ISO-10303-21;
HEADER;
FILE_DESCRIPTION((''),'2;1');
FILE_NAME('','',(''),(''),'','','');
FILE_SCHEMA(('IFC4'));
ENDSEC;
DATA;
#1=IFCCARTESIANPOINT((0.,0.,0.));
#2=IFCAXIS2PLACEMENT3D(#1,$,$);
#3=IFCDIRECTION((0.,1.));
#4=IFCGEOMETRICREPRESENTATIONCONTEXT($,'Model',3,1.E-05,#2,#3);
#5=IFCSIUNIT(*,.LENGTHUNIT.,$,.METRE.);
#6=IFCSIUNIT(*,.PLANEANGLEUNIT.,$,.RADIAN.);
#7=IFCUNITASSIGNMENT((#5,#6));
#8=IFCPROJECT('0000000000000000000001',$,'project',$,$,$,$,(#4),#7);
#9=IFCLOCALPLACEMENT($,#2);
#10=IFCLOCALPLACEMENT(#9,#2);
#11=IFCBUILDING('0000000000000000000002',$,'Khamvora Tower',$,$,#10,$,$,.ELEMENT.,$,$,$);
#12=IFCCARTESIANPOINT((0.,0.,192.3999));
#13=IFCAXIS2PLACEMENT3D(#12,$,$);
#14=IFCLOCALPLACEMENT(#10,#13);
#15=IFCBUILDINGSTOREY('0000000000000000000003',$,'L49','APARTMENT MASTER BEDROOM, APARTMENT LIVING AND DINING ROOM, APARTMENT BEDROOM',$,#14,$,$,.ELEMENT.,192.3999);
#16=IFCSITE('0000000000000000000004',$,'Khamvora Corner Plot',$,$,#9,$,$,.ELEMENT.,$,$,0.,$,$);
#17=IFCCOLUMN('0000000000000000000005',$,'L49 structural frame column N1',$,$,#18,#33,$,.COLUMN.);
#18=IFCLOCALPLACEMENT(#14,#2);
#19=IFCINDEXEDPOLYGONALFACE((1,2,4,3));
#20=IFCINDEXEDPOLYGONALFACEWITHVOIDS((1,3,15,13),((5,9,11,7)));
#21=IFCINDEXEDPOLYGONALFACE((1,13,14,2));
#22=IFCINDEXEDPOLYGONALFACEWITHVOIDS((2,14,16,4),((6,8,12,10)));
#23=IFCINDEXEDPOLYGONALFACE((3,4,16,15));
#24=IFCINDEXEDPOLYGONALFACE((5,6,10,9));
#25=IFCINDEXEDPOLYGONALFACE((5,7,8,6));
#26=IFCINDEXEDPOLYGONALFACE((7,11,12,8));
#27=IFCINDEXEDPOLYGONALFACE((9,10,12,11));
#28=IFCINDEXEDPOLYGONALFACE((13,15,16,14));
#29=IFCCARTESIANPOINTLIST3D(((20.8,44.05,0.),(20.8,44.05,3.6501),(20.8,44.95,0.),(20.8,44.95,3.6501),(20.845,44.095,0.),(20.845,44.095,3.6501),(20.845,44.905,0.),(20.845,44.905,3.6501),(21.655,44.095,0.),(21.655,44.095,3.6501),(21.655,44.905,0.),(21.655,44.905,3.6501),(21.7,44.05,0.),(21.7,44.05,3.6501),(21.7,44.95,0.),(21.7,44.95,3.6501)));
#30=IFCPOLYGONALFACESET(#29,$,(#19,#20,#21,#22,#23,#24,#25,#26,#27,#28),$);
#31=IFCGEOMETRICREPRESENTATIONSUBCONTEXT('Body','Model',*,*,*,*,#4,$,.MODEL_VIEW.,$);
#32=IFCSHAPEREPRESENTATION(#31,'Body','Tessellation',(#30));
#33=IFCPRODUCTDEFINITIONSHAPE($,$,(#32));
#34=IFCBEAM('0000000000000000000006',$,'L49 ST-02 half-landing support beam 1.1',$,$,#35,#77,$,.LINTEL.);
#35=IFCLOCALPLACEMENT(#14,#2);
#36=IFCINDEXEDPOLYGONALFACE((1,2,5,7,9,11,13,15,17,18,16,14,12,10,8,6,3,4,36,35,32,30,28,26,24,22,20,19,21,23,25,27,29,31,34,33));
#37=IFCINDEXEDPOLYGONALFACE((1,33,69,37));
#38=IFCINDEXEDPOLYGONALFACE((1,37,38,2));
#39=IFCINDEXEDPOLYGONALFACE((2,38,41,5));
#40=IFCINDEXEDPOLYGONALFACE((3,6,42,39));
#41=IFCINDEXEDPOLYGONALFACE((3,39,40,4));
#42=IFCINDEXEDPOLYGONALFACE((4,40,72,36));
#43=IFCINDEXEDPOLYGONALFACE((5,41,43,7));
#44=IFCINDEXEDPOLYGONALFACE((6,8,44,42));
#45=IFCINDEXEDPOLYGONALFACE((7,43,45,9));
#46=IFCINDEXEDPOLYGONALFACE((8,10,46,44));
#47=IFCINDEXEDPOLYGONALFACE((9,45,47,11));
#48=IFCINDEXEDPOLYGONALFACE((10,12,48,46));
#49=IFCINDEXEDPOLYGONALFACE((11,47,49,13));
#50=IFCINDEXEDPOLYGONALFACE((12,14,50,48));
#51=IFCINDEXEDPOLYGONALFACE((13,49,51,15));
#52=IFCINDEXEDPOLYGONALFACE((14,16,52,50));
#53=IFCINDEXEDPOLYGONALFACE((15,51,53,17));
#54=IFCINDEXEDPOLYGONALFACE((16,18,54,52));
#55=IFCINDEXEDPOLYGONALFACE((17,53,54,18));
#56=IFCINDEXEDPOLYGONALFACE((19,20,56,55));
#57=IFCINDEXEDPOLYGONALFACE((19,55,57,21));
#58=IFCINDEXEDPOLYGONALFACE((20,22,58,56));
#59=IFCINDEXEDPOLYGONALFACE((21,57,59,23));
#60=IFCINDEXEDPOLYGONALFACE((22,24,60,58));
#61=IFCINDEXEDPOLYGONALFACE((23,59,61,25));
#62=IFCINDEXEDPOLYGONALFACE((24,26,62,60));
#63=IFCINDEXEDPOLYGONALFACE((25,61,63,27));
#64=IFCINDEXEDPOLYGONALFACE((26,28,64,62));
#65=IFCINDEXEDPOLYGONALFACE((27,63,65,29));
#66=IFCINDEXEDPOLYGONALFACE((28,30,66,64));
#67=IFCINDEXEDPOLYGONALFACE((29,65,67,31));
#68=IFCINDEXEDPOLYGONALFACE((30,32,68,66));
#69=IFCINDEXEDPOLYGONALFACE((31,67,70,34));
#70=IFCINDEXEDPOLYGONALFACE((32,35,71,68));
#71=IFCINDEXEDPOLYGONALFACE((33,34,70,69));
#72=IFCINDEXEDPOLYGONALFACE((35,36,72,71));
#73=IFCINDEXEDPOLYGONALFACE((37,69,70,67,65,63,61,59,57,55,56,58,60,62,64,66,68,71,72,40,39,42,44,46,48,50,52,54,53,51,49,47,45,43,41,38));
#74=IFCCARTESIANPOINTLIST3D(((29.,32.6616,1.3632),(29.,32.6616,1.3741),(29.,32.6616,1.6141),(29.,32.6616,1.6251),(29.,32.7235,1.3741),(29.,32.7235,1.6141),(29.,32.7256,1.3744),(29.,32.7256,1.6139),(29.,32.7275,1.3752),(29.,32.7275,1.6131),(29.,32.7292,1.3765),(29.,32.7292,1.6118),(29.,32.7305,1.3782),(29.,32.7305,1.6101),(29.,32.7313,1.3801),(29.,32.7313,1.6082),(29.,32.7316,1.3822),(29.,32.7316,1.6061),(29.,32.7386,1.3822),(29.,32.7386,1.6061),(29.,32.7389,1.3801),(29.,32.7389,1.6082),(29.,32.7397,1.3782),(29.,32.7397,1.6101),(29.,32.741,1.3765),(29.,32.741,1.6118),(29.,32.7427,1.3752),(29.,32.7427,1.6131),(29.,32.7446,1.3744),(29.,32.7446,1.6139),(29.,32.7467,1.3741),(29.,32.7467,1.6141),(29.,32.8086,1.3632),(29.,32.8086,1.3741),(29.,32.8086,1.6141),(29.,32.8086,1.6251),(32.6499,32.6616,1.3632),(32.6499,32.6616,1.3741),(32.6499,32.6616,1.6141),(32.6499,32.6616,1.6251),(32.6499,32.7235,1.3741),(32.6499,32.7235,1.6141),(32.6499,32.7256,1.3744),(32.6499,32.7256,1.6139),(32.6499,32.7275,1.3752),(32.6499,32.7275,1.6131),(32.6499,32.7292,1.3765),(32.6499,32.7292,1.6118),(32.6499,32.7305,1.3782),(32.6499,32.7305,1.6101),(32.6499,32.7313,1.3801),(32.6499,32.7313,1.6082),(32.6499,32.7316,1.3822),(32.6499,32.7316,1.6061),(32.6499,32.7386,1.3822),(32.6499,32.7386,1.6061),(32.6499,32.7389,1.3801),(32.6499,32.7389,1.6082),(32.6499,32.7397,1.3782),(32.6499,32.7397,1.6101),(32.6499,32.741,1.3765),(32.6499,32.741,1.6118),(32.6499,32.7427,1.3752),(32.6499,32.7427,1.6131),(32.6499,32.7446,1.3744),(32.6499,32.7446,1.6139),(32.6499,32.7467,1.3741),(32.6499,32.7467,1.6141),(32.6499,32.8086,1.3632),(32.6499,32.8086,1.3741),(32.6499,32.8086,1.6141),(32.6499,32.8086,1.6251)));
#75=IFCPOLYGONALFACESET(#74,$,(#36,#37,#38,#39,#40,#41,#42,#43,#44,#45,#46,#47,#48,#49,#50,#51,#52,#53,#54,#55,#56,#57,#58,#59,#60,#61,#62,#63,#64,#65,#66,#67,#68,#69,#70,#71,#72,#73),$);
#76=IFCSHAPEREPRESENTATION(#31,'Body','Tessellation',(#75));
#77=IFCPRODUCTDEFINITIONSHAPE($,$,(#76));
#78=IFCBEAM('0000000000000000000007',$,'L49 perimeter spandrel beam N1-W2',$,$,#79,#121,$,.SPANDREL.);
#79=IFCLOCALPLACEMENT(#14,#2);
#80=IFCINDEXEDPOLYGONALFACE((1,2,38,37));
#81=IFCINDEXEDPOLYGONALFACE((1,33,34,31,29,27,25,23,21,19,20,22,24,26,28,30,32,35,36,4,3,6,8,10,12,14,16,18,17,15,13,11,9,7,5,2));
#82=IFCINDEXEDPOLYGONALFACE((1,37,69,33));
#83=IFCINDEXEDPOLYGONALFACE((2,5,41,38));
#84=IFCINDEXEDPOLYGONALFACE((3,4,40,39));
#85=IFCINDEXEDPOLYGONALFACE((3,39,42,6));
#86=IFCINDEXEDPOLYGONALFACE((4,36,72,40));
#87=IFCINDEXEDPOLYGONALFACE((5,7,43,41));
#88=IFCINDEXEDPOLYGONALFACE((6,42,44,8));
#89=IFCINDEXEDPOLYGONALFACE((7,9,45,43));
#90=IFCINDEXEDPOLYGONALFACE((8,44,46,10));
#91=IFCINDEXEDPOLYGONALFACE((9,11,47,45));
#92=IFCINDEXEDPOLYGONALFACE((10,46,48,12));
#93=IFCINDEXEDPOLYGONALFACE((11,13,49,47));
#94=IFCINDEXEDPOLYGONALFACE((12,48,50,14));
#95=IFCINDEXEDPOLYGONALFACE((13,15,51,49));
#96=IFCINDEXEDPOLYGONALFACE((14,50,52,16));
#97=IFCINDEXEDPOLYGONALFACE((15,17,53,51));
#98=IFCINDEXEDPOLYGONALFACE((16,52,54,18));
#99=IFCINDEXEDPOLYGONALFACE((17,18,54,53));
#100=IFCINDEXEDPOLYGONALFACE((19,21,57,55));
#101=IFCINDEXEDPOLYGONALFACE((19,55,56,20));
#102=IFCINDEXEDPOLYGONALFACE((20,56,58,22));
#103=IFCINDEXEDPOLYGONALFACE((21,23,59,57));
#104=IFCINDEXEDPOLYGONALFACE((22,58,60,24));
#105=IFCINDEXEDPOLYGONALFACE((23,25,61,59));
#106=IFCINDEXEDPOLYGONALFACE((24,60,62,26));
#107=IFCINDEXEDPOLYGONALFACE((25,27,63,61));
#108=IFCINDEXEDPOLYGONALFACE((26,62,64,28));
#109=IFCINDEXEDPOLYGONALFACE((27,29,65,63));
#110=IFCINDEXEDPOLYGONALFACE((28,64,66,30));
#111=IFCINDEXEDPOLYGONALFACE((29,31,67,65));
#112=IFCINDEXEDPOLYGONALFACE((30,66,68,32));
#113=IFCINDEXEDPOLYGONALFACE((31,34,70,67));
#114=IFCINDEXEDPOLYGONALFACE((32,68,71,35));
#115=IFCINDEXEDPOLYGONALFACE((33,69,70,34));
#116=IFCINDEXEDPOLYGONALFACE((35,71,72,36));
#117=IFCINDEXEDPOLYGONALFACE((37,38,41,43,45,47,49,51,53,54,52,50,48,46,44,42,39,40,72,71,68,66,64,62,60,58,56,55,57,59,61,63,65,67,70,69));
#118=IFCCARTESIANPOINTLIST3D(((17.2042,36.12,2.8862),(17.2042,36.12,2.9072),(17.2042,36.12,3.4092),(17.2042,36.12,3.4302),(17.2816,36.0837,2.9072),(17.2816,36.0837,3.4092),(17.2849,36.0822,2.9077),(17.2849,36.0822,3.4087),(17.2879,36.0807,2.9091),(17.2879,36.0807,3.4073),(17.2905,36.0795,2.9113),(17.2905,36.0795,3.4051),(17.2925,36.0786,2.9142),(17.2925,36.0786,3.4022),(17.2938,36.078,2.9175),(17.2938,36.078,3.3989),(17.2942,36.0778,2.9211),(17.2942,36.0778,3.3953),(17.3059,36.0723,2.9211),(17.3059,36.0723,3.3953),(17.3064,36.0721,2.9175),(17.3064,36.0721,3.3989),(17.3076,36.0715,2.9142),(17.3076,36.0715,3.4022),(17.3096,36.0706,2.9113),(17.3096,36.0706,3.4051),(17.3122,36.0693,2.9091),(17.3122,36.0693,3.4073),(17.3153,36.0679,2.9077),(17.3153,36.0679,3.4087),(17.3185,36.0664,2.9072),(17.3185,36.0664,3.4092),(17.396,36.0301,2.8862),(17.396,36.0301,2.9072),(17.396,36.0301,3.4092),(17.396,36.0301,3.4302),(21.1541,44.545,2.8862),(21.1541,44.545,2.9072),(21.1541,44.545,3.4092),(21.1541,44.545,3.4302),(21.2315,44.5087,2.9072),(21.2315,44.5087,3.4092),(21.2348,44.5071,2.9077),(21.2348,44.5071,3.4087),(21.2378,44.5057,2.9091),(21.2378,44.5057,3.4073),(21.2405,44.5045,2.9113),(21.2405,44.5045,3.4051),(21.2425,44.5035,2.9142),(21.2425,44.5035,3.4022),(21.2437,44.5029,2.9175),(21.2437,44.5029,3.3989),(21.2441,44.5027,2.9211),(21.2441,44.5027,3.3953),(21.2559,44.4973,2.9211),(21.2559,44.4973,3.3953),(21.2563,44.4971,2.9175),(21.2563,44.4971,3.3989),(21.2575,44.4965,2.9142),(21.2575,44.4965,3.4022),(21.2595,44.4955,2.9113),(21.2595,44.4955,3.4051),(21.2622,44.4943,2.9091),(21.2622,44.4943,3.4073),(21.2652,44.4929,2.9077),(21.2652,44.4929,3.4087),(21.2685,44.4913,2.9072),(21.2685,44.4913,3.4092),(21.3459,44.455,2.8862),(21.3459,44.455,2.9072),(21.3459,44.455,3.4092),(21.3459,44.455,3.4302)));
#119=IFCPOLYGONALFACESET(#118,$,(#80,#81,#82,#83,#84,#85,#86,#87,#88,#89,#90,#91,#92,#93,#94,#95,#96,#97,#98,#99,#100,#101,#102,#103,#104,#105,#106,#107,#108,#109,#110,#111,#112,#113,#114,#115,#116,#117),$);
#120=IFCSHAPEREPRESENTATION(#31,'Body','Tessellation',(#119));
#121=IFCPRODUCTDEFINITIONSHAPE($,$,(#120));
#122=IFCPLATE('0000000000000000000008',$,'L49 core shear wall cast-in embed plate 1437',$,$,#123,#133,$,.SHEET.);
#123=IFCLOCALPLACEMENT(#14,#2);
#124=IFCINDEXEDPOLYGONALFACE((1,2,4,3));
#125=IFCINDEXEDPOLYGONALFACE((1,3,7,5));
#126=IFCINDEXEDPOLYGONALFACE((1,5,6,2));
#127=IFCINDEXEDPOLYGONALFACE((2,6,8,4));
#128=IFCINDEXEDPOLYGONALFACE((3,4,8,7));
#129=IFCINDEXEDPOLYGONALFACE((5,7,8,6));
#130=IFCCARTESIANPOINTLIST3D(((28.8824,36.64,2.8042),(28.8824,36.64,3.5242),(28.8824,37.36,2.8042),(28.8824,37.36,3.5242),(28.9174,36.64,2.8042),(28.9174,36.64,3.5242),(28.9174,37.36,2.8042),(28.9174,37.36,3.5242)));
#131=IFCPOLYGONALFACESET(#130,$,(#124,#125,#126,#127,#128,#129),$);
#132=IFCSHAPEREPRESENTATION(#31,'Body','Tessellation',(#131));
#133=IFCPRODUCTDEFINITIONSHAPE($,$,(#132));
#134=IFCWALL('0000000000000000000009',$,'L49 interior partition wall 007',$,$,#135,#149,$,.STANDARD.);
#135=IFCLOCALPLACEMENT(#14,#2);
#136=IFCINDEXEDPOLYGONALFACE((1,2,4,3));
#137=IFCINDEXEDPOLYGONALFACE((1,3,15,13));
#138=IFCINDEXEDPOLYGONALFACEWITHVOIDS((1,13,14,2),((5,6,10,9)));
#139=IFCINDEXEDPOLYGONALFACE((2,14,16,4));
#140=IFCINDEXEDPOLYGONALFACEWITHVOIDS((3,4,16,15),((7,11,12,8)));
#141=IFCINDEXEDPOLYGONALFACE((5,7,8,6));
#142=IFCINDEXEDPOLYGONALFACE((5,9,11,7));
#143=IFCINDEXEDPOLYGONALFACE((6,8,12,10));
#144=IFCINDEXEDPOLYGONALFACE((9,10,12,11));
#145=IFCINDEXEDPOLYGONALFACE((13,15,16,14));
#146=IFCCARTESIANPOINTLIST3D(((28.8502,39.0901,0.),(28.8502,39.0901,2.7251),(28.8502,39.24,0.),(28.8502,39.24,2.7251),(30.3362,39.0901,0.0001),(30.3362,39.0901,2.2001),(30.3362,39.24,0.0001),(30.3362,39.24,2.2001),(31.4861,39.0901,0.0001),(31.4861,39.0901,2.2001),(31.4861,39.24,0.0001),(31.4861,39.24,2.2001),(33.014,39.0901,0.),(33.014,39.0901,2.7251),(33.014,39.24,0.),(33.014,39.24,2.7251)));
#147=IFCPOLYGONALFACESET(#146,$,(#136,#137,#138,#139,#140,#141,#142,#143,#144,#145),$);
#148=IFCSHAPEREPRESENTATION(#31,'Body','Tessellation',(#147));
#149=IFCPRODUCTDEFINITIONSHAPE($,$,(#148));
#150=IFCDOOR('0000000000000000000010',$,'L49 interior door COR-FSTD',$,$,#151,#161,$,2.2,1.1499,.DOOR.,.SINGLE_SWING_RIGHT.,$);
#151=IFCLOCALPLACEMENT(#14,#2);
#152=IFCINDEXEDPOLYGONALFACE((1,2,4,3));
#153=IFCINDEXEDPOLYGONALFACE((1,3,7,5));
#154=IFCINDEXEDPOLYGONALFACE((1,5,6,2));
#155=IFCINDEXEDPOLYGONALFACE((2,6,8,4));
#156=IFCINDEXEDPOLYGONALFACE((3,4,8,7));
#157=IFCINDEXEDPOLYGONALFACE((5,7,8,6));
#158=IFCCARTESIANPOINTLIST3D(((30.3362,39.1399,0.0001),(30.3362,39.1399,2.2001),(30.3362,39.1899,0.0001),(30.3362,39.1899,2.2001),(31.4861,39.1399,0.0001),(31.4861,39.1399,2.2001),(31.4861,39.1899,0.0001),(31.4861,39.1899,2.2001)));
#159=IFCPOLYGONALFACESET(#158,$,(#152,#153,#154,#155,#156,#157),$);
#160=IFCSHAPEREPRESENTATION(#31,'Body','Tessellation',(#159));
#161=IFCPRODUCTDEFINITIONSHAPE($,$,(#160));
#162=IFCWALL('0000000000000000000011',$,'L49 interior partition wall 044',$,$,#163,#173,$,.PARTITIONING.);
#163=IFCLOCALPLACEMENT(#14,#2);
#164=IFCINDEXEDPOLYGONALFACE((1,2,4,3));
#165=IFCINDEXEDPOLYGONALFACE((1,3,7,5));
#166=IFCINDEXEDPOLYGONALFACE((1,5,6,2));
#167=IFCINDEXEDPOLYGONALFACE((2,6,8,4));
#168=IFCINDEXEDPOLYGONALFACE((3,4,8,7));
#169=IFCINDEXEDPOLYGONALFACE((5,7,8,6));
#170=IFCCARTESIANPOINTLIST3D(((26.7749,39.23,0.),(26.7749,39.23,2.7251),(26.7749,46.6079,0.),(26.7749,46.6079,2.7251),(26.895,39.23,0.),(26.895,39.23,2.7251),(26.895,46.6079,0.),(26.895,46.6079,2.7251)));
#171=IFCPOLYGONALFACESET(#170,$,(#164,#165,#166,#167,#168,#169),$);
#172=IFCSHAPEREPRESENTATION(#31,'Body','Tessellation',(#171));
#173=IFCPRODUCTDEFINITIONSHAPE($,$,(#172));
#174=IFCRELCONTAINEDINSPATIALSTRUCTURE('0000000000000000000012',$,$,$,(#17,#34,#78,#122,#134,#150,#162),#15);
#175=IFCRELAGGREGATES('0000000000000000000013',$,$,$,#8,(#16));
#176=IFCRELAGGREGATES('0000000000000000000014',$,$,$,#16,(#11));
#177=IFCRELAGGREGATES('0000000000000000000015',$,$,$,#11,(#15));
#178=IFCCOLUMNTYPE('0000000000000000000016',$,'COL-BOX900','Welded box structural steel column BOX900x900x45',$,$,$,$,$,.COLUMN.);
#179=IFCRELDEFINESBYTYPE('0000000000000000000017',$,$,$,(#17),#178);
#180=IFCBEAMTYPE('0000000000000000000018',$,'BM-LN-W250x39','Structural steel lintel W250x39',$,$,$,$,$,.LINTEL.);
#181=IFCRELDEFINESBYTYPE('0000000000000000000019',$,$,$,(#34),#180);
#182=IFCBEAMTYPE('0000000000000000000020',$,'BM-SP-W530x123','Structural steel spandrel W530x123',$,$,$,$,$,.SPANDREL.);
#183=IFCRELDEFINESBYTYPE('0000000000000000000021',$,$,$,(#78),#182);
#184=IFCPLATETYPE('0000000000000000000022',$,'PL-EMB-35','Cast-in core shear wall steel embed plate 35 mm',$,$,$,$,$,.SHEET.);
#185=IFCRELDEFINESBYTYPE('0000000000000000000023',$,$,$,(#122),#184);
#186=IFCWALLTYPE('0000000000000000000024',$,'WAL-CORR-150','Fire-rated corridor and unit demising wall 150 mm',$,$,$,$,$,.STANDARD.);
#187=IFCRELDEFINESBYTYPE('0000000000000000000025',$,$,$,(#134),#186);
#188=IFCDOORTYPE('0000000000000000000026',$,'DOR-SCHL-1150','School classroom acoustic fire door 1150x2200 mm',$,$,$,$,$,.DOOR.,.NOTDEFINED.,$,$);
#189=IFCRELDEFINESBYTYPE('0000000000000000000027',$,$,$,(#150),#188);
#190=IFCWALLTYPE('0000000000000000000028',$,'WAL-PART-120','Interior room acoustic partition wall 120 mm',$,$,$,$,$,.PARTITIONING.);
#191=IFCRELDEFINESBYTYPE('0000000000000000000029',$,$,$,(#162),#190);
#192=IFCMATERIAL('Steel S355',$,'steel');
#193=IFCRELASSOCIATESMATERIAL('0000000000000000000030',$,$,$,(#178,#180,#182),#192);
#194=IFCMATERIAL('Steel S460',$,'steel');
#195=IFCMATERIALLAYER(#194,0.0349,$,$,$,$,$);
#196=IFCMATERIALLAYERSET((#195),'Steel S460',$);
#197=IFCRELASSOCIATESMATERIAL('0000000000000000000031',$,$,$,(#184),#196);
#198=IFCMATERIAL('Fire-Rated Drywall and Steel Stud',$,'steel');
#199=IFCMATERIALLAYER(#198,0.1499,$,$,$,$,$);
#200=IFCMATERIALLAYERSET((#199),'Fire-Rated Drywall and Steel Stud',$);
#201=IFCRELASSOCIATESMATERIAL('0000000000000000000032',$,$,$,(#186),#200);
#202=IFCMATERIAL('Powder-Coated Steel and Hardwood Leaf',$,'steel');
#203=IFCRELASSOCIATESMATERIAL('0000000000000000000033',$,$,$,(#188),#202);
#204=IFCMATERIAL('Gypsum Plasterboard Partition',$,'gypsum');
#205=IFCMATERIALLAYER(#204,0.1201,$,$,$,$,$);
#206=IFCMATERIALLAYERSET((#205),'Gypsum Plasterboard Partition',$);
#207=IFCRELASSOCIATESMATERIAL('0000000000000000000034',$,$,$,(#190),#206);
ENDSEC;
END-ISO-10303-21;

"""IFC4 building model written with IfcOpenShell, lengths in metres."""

from ifc_helpers import new_model, si_unit, direction, frame, frame_2d, origin, origin_2d, place, context, subcontext, project, spatial, rectangle, hollow_rectangle, i_section, extrude, material, layer, layer_set, material_profile, profile_set, type_object, element, fill, save


model = new_model("IFC4")

# Units and contexts
model_context = context("Model", 3, precision=1e-05, world=origin(), true_north=direction((0.0, 1.0)))
body_context = subcontext(model_context, "Body", "Model", "MODEL_VIEW")
ifc_project = project(units=[si_unit("LENGTHUNIT", "METRE"), si_unit("PLANEANGLEUNIT", "RADIAN")], contexts=[model_context])

# Site, building, storey
site_placement = place(None, origin())
site = spatial("IfcSite", under=ifc_project, at=site_placement, Name="Khamvora Corner Plot", CompositionType="ELEMENT", RefElevation=0.0)
building_placement = place(site_placement, origin())
building = spatial("IfcBuilding", under=site, at=building_placement, Name="Khamvora Tower", CompositionType="ELEMENT")
storey_placement = place(building_placement, frame((0.0, 0.0, 192.3999)))
storey = spatial("IfcBuildingStorey", under=building, at=storey_placement, Name="L49", Description="APARTMENT MASTER BEDROOM, APARTMENT LIVING AND DINING ROOM, APARTMENT BEDROOM", CompositionType="ELEMENT", Elevation=192.3999)

# Column
ifc_material_1 = material(Name="Steel S355", Category="steel")
ifc_material_profile_1 = material_profile(ifc_material_1, hollow_rectangle(XDim=0.8999, YDim=0.8999, WallThickness=0.0449, at=origin_2d()), Name="BOX900x900x45")
ifc_profile_set_1 = profile_set([ifc_material_profile_1], Name="Steel S355")
column_type = type_object("IfcColumnType", Name="COL-BOX900", Description="Welded box structural steel column BOX900x900x45", PredefinedType="COLUMN", material=ifc_profile_set_1)
column_placement = place(storey_placement, frame((21.25, 44.5, 0.0), z_axis=(0.0, 0.0, 1.0), x_axis=(1.0, 0.0, 0.0)))
element("IfcColumn", 1, at=column_placement, inside=storey, type_object=column_type, Name="L49 structural frame column N1", PredefinedType="COLUMN", context=body_context, shape_type="SweptSolid", body=[
    extrude(hollow_rectangle(XDim=0.8999, YDim=0.8999, WallThickness=0.0449, at=origin_2d()), origin(), (0.0, 0.0, 1.0), 3.6501),
])

# Beams
ifc_material_profile_2 = material_profile(ifc_material_1, i_section(OverallWidth=0.147, OverallDepth=0.262, WebThickness=0.0071, FlangeThickness=0.011, FilletRadius=0.0081, at=origin_2d()), Name="W250x39")
ifc_profile_set_2 = profile_set([ifc_material_profile_2], Name="Steel S355")
beam_type_1 = type_object("IfcBeamType", Name="BM-LN-W250x39", Description="Structural steel lintel W250x39", PredefinedType="LINTEL", material=ifc_profile_set_2)
beam_1_placement = place(storey_placement, frame((29.0, 32.7351, 1.4941), z_axis=(1.0, 0.0, 0.0), x_axis=(0.0, 1.0, 0.0)))
element("IfcBeam", 2, at=beam_1_placement, inside=storey, type_object=beam_type_1, Name="L49 ST-02 half-landing support beam 1.1", PredefinedType="LINTEL", context=body_context, shape_type="SweptSolid", body=[
    extrude(i_section(OverallWidth=0.147, OverallDepth=0.262, WebThickness=0.0071, FlangeThickness=0.011, FilletRadius=0.0081, at=origin_2d()), origin(), (0.0, 0.0, 1.0), 3.6499),
])
ifc_material_profile_3 = material_profile(ifc_material_1, i_section(OverallWidth=0.2119, OverallDepth=0.5439, WebThickness=0.0129, FlangeThickness=0.021, FilletRadius=0.0139, at=origin_2d()), Name="W530x123")
ifc_profile_set_3 = profile_set([ifc_material_profile_3], Name="Steel S355")
beam_type_2 = type_object("IfcBeamType", Name="BM-SP-W530x123", Description="Structural steel spandrel W530x123", PredefinedType="SPANDREL", material=ifc_profile_set_3)
beam_2_placement = place(storey_placement, frame((21.25, 44.5, 3.1582), z_axis=(-0.424496, -0.90543, 0.0), x_axis=(0.90543, -0.424496, 0.0)))
element("IfcBeam", 3, at=beam_2_placement, inside=storey, type_object=beam_type_2, Name="L49 perimeter spandrel beam N1-W2", PredefinedType="SPANDREL", context=body_context, shape_type="SweptSolid", body=[
    extrude(i_section(OverallWidth=0.2119, OverallDepth=0.5439, WebThickness=0.0129, FlangeThickness=0.021, FilletRadius=0.0139, at=origin_2d()), origin(), (0.0, 0.0, 1.0), 9.3049),
])

# Plate
ifc_material_2 = material(Name="Steel S460", Category="steel")
ifc_layer_1 = layer(ifc_material_2, 0.0349)
ifc_layer_set_1 = layer_set([ifc_layer_1], Name="Steel S460")
plate_type = type_object("IfcPlateType", Name="PL-EMB-35", Description="Cast-in core shear wall steel embed plate 35 mm", PredefinedType="SHEET", material=ifc_layer_set_1)
plate_placement = place(storey_placement, frame((28.8999, 37.0, 2.8042), z_axis=(0.0, 0.0, 1.0), x_axis=(1.0, 0.0, 0.0)))
element("IfcPlate", 4, at=plate_placement, inside=storey, type_object=plate_type, Name="L49 core shear wall cast-in embed plate 1437", PredefinedType="SHEET", context=body_context, shape_type="SweptSolid", body=[
    extrude(rectangle(XDim=0.0349, YDim=0.72, at=origin_2d()), origin(), (0.0, 0.0, 1.0), 0.72),
])

# Wall, opening, door
ifc_material_3 = material(Name="Fire-Rated Drywall and Steel Stud", Category="steel")
ifc_layer_2 = layer(ifc_material_3, 0.1499)
ifc_layer_set_2 = layer_set([ifc_layer_2], Name="Fire-Rated Drywall and Steel Stud")
wall_type_1 = type_object("IfcWallType", Name="WAL-CORR-150", Description="Fire-rated corridor and unit demising wall 150 mm", PredefinedType="STANDARD", material=ifc_layer_set_2)
wall_1_placement = place(storey_placement, frame((28.8501, 39.165, 0.0), z_axis=(0.0, 0.0, 1.0), x_axis=(1.0, 0.0, 0.0)))
wall_1 = element("IfcWall", 5, at=wall_1_placement, inside=storey, type_object=wall_type_1, Name="L49 interior partition wall 007", PredefinedType="STANDARD", context=body_context, shape_type="SweptSolid", body=[
    extrude(rectangle(XDim=4.1638, YDim=0.1499, at=frame_2d((2.082, 0.0))), origin(), (0.0, 0.0, 1.0), 2.7251),
])
opening_1_placement = place(wall_1_placement, frame((1.4861, 0.0, 0.0)))
opening_1 = element("IfcOpeningElement", 6, at=opening_1_placement, cuts=wall_1, PredefinedType="OPENING", context=body_context, shape_type="SweptSolid", body=[
    extrude(rectangle(XDim=1.1499, YDim=2.2, at=frame_2d((0.575, 1.1001))), frame((0.0, 0.085, 0.0), z_axis=(0.0, -1.0, 0.0), x_axis=(1.0, 0.0, 0.0)), (0.0, 0.0, 1.0), 0.1699),
])
ifc_material_4 = material(Name="Powder-Coated Steel and Hardwood Leaf", Category="steel")
door_type_1 = type_object("IfcDoorType", Name="DOR-SCHL-1150", Description="School classroom acoustic fire door 1150x2200 mm", OperationType="NOTDEFINED", PredefinedType="DOOR", material=ifc_material_4)
door_1_placement = place(opening_1_placement, origin())
door_1 = element("IfcDoor", 7, at=door_1_placement, inside=storey, type_object=door_type_1, Name="L49 interior door COR-FSTD", OperationType="SINGLE_SWING_RIGHT", OverallHeight=2.2, OverallWidth=1.1499, PredefinedType="DOOR", context=body_context, shape_type="SweptSolid", body=[
    extrude(rectangle(XDim=1.1499, YDim=2.2, at=frame_2d((0.575, 1.1001))), frame((0.0, 0.0249, 0.0), z_axis=(0.0, -1.0, 0.0), x_axis=(1.0, 0.0, 0.0)), (0.0, 0.0, 1.0), 0.05),
])
fill(opening_1, door_1)

# Wall
ifc_material_5 = material(Name="Gypsum Plasterboard Partition", Category="gypsum")
ifc_layer_3 = layer(ifc_material_5, 0.1201)
ifc_layer_set_3 = layer_set([ifc_layer_3], Name="Gypsum Plasterboard Partition")
wall_type_2 = type_object("IfcWallType", Name="WAL-PART-120", Description="Interior room acoustic partition wall 120 mm", PredefinedType="PARTITIONING", material=ifc_layer_set_3)
wall_2_placement = place(storey_placement, frame((26.835, 39.23, 0.0), z_axis=(0.0, 0.0, 1.0), x_axis=(0.0, 1.0, 0.0)))
element("IfcWall", 8, at=wall_2_placement, inside=storey, type_object=wall_type_2, Name="L49 interior partition wall 044", PredefinedType="PARTITIONING", context=body_context, shape_type="SweptSolid", body=[
    extrude(rectangle(XDim=7.3779, YDim=0.1201, at=frame_2d((3.689, 0.0))), origin(), (0.0, 0.0, 1.0), 2.7251),
])

save(model, "model.ifc")
